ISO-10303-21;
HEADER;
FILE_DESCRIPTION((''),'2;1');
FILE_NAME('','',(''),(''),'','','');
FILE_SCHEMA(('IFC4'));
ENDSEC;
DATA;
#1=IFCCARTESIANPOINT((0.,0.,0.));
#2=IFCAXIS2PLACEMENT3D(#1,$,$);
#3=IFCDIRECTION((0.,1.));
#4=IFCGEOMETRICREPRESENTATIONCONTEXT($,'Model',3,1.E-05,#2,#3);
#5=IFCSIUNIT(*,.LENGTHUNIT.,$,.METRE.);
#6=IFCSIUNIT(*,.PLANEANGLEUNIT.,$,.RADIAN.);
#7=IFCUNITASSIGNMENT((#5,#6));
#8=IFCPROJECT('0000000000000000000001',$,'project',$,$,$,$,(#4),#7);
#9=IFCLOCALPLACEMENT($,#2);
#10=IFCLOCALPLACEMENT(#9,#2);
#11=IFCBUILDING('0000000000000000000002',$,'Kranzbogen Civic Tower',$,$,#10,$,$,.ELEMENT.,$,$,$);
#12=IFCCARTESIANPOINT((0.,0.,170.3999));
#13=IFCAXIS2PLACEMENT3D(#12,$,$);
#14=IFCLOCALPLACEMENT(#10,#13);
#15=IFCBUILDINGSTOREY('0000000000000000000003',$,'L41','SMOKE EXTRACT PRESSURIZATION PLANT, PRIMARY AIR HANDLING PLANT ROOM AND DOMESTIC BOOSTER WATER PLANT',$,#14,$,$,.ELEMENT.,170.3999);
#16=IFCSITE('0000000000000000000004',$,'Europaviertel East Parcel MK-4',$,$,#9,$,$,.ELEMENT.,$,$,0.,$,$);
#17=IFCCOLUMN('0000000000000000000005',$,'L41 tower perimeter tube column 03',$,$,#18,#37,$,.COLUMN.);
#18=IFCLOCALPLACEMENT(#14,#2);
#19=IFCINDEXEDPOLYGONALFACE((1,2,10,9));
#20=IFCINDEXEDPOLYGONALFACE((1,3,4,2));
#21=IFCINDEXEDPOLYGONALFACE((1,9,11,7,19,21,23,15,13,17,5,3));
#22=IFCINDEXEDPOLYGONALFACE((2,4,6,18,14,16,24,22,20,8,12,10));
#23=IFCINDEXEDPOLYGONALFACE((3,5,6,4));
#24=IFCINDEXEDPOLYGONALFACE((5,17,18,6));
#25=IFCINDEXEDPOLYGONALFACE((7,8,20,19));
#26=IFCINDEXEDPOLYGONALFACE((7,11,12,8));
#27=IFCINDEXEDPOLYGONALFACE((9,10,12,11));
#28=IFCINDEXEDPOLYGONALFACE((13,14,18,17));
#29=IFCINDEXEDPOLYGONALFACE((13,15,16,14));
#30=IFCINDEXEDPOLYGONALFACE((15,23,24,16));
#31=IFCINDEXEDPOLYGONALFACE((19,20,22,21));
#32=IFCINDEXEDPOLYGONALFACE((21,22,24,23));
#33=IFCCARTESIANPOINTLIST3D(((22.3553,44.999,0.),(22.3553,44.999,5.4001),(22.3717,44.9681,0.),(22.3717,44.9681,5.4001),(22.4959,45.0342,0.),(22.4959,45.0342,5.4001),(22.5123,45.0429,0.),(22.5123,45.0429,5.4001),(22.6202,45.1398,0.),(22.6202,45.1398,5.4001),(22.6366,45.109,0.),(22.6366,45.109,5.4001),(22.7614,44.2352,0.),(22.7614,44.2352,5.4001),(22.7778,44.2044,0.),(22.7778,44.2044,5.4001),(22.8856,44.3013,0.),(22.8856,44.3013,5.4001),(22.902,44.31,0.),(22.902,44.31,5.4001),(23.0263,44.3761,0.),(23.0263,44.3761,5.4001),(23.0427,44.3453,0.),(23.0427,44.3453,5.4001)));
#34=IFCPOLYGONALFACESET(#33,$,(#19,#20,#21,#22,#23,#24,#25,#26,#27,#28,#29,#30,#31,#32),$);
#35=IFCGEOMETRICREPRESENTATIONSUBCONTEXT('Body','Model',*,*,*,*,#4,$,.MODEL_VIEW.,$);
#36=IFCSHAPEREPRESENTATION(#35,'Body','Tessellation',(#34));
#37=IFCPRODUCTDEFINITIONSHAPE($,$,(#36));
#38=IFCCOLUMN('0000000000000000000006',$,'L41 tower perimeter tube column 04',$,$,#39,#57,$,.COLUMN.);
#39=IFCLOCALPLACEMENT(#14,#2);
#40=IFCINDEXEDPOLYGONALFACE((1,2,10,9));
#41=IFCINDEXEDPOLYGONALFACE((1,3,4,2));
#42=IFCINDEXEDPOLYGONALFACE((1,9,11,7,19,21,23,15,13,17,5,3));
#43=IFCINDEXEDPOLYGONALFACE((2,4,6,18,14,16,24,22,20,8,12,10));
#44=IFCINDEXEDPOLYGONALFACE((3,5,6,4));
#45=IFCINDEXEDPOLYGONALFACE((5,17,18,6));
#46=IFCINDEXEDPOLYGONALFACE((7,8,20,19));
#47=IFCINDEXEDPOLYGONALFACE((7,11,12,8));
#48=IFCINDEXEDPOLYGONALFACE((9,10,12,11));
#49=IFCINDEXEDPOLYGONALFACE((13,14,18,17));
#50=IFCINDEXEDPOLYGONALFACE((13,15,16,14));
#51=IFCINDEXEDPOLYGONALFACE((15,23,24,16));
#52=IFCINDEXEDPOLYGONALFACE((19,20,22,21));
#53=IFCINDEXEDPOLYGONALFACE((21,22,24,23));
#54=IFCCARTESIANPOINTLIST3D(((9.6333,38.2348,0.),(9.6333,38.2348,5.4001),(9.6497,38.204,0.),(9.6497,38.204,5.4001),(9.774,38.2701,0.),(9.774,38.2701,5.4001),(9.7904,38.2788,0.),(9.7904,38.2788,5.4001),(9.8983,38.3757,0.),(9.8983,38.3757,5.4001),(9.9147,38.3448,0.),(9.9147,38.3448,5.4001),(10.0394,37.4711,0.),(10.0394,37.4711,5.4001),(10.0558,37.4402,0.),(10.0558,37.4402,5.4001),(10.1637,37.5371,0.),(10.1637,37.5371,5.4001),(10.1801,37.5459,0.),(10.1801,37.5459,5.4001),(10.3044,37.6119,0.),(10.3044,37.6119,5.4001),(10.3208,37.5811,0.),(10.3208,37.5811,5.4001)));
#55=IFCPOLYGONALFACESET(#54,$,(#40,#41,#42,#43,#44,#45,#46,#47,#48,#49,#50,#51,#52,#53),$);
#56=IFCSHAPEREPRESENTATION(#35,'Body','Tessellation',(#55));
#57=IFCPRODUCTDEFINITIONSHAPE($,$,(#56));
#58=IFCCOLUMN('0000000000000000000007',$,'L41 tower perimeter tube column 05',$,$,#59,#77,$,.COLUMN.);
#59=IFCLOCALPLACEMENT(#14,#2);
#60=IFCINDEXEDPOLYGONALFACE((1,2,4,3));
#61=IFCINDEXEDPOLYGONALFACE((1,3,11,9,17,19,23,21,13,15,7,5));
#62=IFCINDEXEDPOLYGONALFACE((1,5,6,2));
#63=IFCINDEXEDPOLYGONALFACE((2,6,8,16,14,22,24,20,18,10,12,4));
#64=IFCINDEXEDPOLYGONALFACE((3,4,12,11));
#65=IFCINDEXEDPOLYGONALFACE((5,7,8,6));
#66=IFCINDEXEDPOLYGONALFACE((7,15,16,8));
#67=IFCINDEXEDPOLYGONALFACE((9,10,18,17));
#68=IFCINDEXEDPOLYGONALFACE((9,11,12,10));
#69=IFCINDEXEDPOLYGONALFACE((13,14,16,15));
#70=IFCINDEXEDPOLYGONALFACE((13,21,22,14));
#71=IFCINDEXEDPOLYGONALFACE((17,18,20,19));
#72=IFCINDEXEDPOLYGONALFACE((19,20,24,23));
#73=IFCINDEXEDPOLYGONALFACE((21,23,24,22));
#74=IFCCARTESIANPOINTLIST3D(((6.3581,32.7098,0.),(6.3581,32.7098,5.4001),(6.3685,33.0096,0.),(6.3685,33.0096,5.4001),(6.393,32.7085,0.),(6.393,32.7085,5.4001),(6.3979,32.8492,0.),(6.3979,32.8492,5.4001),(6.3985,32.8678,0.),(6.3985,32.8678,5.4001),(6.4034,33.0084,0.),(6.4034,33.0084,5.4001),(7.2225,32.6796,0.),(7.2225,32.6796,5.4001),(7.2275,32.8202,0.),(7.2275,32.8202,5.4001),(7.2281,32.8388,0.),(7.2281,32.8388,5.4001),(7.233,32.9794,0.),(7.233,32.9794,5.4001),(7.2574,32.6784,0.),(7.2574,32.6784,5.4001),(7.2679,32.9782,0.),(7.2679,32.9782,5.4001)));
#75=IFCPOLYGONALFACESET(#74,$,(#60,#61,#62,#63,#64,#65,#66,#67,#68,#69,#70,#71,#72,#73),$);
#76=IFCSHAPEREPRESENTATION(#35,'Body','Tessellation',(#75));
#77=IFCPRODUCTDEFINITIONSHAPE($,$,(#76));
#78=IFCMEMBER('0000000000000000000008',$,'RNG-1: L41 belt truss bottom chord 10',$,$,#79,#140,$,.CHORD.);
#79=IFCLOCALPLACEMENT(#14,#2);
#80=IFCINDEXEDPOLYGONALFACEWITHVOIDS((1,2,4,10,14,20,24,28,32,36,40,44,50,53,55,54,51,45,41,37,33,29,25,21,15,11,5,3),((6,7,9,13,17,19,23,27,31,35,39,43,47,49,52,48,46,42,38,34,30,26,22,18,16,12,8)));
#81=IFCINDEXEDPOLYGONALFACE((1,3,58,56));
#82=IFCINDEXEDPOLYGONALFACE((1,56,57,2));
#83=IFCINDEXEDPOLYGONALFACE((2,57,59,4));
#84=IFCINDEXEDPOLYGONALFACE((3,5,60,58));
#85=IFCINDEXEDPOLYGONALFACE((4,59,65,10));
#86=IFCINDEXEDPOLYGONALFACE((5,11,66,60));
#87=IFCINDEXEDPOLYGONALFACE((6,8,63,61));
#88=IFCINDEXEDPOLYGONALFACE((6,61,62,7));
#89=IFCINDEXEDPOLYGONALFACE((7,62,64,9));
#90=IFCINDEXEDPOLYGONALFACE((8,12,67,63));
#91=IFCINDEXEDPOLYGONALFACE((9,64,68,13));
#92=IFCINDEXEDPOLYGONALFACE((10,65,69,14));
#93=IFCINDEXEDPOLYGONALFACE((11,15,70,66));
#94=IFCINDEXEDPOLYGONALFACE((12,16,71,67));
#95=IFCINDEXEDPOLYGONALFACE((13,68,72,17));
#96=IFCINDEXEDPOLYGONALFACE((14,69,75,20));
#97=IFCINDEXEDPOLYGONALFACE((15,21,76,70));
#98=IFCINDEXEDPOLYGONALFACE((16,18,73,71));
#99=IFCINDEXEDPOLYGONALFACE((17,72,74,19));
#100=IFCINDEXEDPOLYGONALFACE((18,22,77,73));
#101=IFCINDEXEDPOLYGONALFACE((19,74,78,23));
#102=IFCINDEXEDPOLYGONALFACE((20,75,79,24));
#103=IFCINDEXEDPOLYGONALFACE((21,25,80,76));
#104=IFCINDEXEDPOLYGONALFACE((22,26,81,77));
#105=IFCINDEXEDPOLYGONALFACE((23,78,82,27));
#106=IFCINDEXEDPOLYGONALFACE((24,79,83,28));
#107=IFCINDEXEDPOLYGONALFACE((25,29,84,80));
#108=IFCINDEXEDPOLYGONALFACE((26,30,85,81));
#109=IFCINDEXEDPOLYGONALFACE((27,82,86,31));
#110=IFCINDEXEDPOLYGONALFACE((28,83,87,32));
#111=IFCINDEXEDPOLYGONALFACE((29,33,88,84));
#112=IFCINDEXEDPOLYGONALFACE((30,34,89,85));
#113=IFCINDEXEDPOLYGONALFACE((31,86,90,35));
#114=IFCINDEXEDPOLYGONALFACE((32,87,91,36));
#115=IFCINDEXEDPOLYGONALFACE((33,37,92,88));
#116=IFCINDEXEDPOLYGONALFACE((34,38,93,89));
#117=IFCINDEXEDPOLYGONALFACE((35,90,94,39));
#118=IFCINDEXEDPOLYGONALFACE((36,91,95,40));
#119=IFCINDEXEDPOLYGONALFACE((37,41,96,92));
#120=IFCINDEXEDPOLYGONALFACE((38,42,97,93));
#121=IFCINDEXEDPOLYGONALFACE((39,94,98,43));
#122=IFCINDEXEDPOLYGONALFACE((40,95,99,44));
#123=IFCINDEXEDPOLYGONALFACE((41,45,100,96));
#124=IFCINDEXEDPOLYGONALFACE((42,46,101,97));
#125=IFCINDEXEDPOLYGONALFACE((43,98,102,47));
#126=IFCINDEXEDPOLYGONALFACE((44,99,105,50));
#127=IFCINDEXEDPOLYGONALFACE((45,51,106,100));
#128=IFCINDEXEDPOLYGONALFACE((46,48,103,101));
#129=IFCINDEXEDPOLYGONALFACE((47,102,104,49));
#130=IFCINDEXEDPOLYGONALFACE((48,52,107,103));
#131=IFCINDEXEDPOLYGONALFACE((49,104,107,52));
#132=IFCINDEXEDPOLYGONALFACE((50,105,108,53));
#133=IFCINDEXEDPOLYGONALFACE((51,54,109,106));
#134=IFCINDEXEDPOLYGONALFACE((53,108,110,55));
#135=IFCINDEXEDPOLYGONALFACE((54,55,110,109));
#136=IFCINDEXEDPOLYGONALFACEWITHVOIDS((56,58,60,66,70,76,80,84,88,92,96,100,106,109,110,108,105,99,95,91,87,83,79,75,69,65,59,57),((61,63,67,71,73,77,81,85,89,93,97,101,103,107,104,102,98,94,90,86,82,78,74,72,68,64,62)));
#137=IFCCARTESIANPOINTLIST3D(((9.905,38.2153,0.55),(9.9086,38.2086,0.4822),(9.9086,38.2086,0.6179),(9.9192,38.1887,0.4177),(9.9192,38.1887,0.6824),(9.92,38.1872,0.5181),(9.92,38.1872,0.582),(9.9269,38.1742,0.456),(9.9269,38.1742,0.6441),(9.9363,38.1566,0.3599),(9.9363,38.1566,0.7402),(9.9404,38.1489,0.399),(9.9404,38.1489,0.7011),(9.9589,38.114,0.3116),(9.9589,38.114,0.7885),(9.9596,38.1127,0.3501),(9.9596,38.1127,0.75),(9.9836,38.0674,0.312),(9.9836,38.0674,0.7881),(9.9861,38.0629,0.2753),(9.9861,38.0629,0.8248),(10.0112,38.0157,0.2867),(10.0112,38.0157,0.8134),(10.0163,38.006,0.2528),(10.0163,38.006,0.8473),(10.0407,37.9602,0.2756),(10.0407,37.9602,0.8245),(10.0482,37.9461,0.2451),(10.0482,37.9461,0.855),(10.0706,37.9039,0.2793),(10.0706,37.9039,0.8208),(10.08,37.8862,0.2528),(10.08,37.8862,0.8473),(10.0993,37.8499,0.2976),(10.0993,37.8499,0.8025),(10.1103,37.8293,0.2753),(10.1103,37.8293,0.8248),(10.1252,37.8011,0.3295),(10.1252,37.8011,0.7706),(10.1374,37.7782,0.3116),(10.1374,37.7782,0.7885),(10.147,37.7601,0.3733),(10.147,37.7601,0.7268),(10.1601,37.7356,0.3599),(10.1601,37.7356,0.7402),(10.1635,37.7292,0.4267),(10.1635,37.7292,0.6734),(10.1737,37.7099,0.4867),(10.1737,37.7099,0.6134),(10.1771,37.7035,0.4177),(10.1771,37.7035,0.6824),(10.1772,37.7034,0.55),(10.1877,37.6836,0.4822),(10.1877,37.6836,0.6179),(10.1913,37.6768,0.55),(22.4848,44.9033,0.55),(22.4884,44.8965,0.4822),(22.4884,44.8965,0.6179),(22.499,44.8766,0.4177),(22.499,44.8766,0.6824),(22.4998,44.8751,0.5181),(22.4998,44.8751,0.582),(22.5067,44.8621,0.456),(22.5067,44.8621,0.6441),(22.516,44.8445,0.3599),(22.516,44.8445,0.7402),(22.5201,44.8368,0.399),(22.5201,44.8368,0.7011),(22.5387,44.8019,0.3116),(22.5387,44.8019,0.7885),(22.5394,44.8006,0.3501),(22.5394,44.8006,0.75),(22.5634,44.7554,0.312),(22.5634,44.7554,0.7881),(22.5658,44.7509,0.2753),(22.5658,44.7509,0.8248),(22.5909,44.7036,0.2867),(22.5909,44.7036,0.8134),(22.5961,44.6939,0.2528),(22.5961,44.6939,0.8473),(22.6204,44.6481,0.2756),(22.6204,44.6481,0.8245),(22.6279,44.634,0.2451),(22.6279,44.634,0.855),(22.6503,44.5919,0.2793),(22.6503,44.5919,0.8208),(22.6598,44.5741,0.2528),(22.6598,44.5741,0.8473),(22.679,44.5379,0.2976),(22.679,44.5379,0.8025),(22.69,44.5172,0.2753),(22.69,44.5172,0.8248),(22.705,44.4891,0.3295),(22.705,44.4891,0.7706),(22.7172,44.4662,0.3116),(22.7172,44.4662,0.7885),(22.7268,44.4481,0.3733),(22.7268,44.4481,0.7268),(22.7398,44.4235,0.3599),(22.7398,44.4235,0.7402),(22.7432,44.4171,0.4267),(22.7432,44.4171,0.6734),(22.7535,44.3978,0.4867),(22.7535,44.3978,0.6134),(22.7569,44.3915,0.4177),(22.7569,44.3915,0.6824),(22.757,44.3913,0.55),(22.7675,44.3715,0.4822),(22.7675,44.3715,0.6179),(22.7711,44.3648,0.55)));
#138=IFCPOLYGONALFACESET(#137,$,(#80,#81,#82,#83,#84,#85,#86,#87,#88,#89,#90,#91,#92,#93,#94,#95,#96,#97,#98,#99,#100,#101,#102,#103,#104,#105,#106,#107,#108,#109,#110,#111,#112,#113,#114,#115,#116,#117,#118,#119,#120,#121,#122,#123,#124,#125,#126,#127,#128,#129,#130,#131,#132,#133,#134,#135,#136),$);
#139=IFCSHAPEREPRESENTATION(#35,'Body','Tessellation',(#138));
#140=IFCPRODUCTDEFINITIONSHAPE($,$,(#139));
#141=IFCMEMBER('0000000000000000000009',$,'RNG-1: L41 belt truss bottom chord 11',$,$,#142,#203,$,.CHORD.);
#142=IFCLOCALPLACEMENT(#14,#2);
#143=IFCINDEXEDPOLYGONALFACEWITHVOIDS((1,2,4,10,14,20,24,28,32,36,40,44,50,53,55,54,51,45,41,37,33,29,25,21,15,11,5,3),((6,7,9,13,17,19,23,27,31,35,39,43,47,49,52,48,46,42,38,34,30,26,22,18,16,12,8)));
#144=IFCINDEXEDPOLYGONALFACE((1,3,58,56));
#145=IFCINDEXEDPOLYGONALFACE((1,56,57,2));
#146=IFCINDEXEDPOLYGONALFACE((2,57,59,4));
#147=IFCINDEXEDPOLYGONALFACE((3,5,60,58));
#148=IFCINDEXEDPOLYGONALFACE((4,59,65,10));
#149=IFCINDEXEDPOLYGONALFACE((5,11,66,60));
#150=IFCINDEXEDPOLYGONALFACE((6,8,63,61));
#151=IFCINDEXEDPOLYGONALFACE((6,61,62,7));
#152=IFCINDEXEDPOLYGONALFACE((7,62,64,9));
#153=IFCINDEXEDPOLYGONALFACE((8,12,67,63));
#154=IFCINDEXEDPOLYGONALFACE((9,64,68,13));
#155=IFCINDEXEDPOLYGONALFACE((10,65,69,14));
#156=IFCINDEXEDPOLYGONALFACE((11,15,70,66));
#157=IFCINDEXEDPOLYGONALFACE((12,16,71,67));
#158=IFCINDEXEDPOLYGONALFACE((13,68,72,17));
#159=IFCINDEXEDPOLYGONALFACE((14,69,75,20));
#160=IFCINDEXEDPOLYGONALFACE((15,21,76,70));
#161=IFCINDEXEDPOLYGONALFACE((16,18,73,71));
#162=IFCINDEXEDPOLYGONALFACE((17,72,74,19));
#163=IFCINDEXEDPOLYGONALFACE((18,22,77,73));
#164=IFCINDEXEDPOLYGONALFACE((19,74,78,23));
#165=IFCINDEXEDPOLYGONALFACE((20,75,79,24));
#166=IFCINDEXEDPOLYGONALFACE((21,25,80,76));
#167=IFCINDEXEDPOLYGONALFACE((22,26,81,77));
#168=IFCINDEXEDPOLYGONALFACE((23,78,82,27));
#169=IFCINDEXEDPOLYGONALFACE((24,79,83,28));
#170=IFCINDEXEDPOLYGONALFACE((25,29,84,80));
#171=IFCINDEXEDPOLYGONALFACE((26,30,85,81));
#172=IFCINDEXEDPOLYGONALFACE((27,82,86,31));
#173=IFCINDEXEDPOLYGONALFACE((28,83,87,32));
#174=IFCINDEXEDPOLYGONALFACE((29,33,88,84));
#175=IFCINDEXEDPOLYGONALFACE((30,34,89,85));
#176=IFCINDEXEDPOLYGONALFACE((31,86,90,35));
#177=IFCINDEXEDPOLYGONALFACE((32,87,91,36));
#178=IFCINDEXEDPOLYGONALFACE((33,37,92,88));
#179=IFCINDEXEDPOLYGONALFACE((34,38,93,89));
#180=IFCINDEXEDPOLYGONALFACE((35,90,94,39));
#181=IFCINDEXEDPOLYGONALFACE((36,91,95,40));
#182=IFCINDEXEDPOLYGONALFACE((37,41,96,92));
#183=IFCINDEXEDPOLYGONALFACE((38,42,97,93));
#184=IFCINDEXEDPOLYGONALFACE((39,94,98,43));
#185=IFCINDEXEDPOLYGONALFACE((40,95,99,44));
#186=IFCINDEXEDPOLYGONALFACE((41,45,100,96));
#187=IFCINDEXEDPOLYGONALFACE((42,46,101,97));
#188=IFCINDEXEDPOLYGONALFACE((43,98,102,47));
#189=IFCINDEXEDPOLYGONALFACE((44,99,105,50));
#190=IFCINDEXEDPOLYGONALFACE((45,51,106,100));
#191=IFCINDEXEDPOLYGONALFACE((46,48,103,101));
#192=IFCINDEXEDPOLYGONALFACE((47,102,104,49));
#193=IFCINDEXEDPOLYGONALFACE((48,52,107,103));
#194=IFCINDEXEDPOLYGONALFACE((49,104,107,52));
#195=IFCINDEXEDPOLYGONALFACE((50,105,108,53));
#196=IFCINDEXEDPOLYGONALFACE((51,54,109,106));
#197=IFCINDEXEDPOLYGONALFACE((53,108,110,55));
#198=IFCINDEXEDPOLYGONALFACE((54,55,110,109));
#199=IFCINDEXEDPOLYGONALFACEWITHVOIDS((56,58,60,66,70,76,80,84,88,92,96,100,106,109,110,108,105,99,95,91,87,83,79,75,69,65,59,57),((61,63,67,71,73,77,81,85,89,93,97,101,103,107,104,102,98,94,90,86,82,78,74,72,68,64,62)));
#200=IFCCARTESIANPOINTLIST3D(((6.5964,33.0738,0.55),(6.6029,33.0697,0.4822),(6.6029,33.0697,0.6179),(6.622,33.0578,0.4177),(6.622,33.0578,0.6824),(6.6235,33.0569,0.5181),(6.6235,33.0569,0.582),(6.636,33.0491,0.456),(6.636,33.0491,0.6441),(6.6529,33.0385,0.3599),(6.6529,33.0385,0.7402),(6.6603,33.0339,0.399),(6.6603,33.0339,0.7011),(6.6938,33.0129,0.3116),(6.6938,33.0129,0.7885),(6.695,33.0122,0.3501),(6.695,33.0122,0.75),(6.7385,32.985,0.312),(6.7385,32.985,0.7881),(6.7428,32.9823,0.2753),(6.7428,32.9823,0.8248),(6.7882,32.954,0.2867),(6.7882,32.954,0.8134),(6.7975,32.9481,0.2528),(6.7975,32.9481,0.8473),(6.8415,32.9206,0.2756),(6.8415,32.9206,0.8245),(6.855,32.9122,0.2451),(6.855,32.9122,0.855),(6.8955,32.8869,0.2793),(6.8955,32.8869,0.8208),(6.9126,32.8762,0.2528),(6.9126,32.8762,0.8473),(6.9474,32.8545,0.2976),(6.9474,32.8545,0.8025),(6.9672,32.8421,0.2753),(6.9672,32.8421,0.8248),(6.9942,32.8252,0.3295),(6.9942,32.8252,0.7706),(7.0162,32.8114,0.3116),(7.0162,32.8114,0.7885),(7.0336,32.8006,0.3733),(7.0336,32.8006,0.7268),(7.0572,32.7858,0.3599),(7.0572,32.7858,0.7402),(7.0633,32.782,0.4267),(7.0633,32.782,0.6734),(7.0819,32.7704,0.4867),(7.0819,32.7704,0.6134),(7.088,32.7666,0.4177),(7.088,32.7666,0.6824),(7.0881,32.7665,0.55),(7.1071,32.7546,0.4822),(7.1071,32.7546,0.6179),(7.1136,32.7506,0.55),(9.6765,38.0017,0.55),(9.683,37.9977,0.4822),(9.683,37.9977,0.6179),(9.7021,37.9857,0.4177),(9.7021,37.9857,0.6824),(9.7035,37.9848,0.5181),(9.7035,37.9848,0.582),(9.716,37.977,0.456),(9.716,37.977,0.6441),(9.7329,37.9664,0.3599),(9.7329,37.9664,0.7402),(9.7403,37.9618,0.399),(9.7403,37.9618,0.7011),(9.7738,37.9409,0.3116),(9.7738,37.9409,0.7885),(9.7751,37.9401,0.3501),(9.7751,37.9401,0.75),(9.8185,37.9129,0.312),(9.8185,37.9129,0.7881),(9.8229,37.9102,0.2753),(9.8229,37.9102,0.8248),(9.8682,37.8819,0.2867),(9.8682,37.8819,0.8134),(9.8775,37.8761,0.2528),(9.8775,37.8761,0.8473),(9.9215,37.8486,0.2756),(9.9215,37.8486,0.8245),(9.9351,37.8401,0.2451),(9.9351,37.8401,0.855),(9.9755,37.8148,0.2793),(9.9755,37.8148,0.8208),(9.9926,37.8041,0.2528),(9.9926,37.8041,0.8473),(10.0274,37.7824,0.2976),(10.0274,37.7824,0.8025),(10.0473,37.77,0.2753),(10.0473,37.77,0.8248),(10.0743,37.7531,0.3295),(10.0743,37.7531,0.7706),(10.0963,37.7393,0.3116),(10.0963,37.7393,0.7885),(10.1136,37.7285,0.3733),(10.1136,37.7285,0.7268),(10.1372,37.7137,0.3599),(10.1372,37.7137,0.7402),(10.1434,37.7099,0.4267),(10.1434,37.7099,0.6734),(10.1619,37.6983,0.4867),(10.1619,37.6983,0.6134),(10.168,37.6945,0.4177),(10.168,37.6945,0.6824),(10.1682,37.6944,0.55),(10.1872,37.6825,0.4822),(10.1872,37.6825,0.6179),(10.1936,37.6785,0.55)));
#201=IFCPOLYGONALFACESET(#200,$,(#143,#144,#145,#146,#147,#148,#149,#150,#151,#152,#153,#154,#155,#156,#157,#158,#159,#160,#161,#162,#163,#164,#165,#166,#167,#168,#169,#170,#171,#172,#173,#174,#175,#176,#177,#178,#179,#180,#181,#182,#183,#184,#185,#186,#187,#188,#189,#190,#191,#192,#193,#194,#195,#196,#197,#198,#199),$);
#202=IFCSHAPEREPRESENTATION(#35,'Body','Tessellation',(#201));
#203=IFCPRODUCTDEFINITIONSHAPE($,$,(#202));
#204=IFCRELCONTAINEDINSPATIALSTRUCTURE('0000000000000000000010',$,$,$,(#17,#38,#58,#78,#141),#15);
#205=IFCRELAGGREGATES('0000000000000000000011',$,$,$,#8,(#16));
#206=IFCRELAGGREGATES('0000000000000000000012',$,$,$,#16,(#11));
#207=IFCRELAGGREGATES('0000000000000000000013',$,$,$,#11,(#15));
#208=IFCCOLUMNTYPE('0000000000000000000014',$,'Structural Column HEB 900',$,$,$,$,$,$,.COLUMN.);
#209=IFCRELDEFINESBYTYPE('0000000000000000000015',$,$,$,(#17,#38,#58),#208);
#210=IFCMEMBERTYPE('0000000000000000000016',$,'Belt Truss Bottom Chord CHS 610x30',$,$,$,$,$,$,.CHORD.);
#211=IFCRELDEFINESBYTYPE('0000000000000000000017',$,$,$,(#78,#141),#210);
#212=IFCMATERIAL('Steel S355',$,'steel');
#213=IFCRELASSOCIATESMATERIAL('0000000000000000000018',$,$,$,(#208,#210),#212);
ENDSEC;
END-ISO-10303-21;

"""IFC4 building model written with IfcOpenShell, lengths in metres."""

from ifc_helpers import new_model, si_unit, direction, frame, origin, origin_2d, place, context, subcontext, project, spatial, hollow_circle, i_section, extrude, material, material_profile, profile_set, type_object, element, save


model = new_model("IFC4")

# Units and contexts
model_context = context("Model", 3, precision=1e-05, world=origin(), true_north=direction((0.0, 1.0)))
body_context = subcontext(model_context, "Body", "Model", "MODEL_VIEW")
ifc_project = project(units=[si_unit("LENGTHUNIT", "METRE"), si_unit("PLANEANGLEUNIT", "RADIAN")], contexts=[model_context])

# Site, building, storey
site_placement = place(None, origin())
site = spatial("IfcSite", under=ifc_project, at=site_placement, Name="Europaviertel East Parcel MK-4", CompositionType="ELEMENT", RefElevation=0.0)
building_placement = place(site_placement, origin())
building = spatial("IfcBuilding", under=site, at=building_placement, Name="Kranzbogen Civic Tower", CompositionType="ELEMENT")
storey_placement = place(building_placement, frame((0.0, 0.0, 170.3999)))
storey = spatial("IfcBuildingStorey", under=building, at=storey_placement, Name="L41", Description="SMOKE EXTRACT PRESSURIZATION PLANT, PRIMARY AIR HANDLING PLANT ROOM AND DOMESTIC BOOSTER WATER PLANT", CompositionType="ELEMENT", Elevation=170.3999)

# Columns
ifc_material_1 = material(Name="Steel S355", Category="steel")
ifc_material_profile_1 = material_profile(ifc_material_1, i_section(OverallWidth=0.3, OverallDepth=0.8999, WebThickness=0.0186, FlangeThickness=0.0349, at=origin_2d()), Name="HEB 900")
ifc_profile_set_1 = profile_set([ifc_material_profile_1], Name="Steel S355")
column_type = type_object("IfcColumnType", Name="Structural Column HEB 900", PredefinedType="COLUMN", material=ifc_profile_set_1)
for number, where, z_axis, x_axis, name in (
    (1, (22.699, 44.6721, 0.0), (0.0, 0.0, 1.0), (0.882948, 0.469472, 0.0), "L41 tower perimeter tube column 03"),
    (2, (9.9771, 37.908, 0.0), (0.0, 0.0, 1.0), (0.882948, 0.469472, 0.0), "L41 tower perimeter tube column 04"),
    (3, (6.813, 32.844, 0.0), (0.0, 0.0, 1.0), (0.034899, 0.999391, 0.0), "L41 tower perimeter tube column 05"),
):
    element("IfcColumn", number, at=place(storey_placement, frame(where, z_axis=z_axis, x_axis=x_axis)), inside=storey, type_object=column_type, Name=name, PredefinedType="COLUMN", context=body_context, shape_type="SweptSolid", body=[
        extrude(i_section(OverallWidth=0.3, OverallDepth=0.8999, WebThickness=0.0186, FlangeThickness=0.0349, at=origin_2d()), origin(), (0.0, 0.0, 1.0), 5.4001),
    ])

# Members
ifc_material_profile_2 = material_profile(ifc_material_1, hollow_circle(Radius=0.3049, WallThickness=0.03, at=origin_2d()), Name="CHS 610x30")
ifc_profile_set_2 = profile_set([ifc_material_profile_2], Name="Steel S355")
member_type_1 = type_object("IfcMemberType", Name="Belt Truss Bottom Chord CHS 610x30", PredefinedType="CHORD", material=ifc_profile_set_2)
member_1_placement = place(storey_placement, frame((22.6279, 44.634, 0.55), z_axis=(-0.882972, -0.469426, 0.0), x_axis=(0.469426, -0.882972, 0.0)))
element("IfcMember", 4, at=member_1_placement, inside=storey, type_object=member_type_1, Name="RNG-1: L41 belt truss bottom chord 10", PredefinedType="CHORD", context=body_context, shape_type="SweptSolid", body=[
    extrude(hollow_circle(Radius=0.3049, WallThickness=0.03, at=origin_2d()), origin(), (0.0, 0.0, 1.0), 14.2471),
])
member_2_placement = place(storey_placement, frame((9.9351, 37.8401, 0.55), z_axis=(-0.53001, -0.847991, 0.0), x_axis=(0.847991, -0.53001, 0.0)))
element("IfcMember", 5, at=member_2_placement, inside=storey, type_object=member_type_1, Name="RNG-1: L41 belt truss bottom chord 11", PredefinedType="CHORD", context=body_context, shape_type="SweptSolid", body=[
    extrude(hollow_circle(Radius=0.3049, WallThickness=0.03, at=origin_2d()), origin(), (0.0, 0.0, 1.0), 5.8113),
])

save(model, "model.ifc")
